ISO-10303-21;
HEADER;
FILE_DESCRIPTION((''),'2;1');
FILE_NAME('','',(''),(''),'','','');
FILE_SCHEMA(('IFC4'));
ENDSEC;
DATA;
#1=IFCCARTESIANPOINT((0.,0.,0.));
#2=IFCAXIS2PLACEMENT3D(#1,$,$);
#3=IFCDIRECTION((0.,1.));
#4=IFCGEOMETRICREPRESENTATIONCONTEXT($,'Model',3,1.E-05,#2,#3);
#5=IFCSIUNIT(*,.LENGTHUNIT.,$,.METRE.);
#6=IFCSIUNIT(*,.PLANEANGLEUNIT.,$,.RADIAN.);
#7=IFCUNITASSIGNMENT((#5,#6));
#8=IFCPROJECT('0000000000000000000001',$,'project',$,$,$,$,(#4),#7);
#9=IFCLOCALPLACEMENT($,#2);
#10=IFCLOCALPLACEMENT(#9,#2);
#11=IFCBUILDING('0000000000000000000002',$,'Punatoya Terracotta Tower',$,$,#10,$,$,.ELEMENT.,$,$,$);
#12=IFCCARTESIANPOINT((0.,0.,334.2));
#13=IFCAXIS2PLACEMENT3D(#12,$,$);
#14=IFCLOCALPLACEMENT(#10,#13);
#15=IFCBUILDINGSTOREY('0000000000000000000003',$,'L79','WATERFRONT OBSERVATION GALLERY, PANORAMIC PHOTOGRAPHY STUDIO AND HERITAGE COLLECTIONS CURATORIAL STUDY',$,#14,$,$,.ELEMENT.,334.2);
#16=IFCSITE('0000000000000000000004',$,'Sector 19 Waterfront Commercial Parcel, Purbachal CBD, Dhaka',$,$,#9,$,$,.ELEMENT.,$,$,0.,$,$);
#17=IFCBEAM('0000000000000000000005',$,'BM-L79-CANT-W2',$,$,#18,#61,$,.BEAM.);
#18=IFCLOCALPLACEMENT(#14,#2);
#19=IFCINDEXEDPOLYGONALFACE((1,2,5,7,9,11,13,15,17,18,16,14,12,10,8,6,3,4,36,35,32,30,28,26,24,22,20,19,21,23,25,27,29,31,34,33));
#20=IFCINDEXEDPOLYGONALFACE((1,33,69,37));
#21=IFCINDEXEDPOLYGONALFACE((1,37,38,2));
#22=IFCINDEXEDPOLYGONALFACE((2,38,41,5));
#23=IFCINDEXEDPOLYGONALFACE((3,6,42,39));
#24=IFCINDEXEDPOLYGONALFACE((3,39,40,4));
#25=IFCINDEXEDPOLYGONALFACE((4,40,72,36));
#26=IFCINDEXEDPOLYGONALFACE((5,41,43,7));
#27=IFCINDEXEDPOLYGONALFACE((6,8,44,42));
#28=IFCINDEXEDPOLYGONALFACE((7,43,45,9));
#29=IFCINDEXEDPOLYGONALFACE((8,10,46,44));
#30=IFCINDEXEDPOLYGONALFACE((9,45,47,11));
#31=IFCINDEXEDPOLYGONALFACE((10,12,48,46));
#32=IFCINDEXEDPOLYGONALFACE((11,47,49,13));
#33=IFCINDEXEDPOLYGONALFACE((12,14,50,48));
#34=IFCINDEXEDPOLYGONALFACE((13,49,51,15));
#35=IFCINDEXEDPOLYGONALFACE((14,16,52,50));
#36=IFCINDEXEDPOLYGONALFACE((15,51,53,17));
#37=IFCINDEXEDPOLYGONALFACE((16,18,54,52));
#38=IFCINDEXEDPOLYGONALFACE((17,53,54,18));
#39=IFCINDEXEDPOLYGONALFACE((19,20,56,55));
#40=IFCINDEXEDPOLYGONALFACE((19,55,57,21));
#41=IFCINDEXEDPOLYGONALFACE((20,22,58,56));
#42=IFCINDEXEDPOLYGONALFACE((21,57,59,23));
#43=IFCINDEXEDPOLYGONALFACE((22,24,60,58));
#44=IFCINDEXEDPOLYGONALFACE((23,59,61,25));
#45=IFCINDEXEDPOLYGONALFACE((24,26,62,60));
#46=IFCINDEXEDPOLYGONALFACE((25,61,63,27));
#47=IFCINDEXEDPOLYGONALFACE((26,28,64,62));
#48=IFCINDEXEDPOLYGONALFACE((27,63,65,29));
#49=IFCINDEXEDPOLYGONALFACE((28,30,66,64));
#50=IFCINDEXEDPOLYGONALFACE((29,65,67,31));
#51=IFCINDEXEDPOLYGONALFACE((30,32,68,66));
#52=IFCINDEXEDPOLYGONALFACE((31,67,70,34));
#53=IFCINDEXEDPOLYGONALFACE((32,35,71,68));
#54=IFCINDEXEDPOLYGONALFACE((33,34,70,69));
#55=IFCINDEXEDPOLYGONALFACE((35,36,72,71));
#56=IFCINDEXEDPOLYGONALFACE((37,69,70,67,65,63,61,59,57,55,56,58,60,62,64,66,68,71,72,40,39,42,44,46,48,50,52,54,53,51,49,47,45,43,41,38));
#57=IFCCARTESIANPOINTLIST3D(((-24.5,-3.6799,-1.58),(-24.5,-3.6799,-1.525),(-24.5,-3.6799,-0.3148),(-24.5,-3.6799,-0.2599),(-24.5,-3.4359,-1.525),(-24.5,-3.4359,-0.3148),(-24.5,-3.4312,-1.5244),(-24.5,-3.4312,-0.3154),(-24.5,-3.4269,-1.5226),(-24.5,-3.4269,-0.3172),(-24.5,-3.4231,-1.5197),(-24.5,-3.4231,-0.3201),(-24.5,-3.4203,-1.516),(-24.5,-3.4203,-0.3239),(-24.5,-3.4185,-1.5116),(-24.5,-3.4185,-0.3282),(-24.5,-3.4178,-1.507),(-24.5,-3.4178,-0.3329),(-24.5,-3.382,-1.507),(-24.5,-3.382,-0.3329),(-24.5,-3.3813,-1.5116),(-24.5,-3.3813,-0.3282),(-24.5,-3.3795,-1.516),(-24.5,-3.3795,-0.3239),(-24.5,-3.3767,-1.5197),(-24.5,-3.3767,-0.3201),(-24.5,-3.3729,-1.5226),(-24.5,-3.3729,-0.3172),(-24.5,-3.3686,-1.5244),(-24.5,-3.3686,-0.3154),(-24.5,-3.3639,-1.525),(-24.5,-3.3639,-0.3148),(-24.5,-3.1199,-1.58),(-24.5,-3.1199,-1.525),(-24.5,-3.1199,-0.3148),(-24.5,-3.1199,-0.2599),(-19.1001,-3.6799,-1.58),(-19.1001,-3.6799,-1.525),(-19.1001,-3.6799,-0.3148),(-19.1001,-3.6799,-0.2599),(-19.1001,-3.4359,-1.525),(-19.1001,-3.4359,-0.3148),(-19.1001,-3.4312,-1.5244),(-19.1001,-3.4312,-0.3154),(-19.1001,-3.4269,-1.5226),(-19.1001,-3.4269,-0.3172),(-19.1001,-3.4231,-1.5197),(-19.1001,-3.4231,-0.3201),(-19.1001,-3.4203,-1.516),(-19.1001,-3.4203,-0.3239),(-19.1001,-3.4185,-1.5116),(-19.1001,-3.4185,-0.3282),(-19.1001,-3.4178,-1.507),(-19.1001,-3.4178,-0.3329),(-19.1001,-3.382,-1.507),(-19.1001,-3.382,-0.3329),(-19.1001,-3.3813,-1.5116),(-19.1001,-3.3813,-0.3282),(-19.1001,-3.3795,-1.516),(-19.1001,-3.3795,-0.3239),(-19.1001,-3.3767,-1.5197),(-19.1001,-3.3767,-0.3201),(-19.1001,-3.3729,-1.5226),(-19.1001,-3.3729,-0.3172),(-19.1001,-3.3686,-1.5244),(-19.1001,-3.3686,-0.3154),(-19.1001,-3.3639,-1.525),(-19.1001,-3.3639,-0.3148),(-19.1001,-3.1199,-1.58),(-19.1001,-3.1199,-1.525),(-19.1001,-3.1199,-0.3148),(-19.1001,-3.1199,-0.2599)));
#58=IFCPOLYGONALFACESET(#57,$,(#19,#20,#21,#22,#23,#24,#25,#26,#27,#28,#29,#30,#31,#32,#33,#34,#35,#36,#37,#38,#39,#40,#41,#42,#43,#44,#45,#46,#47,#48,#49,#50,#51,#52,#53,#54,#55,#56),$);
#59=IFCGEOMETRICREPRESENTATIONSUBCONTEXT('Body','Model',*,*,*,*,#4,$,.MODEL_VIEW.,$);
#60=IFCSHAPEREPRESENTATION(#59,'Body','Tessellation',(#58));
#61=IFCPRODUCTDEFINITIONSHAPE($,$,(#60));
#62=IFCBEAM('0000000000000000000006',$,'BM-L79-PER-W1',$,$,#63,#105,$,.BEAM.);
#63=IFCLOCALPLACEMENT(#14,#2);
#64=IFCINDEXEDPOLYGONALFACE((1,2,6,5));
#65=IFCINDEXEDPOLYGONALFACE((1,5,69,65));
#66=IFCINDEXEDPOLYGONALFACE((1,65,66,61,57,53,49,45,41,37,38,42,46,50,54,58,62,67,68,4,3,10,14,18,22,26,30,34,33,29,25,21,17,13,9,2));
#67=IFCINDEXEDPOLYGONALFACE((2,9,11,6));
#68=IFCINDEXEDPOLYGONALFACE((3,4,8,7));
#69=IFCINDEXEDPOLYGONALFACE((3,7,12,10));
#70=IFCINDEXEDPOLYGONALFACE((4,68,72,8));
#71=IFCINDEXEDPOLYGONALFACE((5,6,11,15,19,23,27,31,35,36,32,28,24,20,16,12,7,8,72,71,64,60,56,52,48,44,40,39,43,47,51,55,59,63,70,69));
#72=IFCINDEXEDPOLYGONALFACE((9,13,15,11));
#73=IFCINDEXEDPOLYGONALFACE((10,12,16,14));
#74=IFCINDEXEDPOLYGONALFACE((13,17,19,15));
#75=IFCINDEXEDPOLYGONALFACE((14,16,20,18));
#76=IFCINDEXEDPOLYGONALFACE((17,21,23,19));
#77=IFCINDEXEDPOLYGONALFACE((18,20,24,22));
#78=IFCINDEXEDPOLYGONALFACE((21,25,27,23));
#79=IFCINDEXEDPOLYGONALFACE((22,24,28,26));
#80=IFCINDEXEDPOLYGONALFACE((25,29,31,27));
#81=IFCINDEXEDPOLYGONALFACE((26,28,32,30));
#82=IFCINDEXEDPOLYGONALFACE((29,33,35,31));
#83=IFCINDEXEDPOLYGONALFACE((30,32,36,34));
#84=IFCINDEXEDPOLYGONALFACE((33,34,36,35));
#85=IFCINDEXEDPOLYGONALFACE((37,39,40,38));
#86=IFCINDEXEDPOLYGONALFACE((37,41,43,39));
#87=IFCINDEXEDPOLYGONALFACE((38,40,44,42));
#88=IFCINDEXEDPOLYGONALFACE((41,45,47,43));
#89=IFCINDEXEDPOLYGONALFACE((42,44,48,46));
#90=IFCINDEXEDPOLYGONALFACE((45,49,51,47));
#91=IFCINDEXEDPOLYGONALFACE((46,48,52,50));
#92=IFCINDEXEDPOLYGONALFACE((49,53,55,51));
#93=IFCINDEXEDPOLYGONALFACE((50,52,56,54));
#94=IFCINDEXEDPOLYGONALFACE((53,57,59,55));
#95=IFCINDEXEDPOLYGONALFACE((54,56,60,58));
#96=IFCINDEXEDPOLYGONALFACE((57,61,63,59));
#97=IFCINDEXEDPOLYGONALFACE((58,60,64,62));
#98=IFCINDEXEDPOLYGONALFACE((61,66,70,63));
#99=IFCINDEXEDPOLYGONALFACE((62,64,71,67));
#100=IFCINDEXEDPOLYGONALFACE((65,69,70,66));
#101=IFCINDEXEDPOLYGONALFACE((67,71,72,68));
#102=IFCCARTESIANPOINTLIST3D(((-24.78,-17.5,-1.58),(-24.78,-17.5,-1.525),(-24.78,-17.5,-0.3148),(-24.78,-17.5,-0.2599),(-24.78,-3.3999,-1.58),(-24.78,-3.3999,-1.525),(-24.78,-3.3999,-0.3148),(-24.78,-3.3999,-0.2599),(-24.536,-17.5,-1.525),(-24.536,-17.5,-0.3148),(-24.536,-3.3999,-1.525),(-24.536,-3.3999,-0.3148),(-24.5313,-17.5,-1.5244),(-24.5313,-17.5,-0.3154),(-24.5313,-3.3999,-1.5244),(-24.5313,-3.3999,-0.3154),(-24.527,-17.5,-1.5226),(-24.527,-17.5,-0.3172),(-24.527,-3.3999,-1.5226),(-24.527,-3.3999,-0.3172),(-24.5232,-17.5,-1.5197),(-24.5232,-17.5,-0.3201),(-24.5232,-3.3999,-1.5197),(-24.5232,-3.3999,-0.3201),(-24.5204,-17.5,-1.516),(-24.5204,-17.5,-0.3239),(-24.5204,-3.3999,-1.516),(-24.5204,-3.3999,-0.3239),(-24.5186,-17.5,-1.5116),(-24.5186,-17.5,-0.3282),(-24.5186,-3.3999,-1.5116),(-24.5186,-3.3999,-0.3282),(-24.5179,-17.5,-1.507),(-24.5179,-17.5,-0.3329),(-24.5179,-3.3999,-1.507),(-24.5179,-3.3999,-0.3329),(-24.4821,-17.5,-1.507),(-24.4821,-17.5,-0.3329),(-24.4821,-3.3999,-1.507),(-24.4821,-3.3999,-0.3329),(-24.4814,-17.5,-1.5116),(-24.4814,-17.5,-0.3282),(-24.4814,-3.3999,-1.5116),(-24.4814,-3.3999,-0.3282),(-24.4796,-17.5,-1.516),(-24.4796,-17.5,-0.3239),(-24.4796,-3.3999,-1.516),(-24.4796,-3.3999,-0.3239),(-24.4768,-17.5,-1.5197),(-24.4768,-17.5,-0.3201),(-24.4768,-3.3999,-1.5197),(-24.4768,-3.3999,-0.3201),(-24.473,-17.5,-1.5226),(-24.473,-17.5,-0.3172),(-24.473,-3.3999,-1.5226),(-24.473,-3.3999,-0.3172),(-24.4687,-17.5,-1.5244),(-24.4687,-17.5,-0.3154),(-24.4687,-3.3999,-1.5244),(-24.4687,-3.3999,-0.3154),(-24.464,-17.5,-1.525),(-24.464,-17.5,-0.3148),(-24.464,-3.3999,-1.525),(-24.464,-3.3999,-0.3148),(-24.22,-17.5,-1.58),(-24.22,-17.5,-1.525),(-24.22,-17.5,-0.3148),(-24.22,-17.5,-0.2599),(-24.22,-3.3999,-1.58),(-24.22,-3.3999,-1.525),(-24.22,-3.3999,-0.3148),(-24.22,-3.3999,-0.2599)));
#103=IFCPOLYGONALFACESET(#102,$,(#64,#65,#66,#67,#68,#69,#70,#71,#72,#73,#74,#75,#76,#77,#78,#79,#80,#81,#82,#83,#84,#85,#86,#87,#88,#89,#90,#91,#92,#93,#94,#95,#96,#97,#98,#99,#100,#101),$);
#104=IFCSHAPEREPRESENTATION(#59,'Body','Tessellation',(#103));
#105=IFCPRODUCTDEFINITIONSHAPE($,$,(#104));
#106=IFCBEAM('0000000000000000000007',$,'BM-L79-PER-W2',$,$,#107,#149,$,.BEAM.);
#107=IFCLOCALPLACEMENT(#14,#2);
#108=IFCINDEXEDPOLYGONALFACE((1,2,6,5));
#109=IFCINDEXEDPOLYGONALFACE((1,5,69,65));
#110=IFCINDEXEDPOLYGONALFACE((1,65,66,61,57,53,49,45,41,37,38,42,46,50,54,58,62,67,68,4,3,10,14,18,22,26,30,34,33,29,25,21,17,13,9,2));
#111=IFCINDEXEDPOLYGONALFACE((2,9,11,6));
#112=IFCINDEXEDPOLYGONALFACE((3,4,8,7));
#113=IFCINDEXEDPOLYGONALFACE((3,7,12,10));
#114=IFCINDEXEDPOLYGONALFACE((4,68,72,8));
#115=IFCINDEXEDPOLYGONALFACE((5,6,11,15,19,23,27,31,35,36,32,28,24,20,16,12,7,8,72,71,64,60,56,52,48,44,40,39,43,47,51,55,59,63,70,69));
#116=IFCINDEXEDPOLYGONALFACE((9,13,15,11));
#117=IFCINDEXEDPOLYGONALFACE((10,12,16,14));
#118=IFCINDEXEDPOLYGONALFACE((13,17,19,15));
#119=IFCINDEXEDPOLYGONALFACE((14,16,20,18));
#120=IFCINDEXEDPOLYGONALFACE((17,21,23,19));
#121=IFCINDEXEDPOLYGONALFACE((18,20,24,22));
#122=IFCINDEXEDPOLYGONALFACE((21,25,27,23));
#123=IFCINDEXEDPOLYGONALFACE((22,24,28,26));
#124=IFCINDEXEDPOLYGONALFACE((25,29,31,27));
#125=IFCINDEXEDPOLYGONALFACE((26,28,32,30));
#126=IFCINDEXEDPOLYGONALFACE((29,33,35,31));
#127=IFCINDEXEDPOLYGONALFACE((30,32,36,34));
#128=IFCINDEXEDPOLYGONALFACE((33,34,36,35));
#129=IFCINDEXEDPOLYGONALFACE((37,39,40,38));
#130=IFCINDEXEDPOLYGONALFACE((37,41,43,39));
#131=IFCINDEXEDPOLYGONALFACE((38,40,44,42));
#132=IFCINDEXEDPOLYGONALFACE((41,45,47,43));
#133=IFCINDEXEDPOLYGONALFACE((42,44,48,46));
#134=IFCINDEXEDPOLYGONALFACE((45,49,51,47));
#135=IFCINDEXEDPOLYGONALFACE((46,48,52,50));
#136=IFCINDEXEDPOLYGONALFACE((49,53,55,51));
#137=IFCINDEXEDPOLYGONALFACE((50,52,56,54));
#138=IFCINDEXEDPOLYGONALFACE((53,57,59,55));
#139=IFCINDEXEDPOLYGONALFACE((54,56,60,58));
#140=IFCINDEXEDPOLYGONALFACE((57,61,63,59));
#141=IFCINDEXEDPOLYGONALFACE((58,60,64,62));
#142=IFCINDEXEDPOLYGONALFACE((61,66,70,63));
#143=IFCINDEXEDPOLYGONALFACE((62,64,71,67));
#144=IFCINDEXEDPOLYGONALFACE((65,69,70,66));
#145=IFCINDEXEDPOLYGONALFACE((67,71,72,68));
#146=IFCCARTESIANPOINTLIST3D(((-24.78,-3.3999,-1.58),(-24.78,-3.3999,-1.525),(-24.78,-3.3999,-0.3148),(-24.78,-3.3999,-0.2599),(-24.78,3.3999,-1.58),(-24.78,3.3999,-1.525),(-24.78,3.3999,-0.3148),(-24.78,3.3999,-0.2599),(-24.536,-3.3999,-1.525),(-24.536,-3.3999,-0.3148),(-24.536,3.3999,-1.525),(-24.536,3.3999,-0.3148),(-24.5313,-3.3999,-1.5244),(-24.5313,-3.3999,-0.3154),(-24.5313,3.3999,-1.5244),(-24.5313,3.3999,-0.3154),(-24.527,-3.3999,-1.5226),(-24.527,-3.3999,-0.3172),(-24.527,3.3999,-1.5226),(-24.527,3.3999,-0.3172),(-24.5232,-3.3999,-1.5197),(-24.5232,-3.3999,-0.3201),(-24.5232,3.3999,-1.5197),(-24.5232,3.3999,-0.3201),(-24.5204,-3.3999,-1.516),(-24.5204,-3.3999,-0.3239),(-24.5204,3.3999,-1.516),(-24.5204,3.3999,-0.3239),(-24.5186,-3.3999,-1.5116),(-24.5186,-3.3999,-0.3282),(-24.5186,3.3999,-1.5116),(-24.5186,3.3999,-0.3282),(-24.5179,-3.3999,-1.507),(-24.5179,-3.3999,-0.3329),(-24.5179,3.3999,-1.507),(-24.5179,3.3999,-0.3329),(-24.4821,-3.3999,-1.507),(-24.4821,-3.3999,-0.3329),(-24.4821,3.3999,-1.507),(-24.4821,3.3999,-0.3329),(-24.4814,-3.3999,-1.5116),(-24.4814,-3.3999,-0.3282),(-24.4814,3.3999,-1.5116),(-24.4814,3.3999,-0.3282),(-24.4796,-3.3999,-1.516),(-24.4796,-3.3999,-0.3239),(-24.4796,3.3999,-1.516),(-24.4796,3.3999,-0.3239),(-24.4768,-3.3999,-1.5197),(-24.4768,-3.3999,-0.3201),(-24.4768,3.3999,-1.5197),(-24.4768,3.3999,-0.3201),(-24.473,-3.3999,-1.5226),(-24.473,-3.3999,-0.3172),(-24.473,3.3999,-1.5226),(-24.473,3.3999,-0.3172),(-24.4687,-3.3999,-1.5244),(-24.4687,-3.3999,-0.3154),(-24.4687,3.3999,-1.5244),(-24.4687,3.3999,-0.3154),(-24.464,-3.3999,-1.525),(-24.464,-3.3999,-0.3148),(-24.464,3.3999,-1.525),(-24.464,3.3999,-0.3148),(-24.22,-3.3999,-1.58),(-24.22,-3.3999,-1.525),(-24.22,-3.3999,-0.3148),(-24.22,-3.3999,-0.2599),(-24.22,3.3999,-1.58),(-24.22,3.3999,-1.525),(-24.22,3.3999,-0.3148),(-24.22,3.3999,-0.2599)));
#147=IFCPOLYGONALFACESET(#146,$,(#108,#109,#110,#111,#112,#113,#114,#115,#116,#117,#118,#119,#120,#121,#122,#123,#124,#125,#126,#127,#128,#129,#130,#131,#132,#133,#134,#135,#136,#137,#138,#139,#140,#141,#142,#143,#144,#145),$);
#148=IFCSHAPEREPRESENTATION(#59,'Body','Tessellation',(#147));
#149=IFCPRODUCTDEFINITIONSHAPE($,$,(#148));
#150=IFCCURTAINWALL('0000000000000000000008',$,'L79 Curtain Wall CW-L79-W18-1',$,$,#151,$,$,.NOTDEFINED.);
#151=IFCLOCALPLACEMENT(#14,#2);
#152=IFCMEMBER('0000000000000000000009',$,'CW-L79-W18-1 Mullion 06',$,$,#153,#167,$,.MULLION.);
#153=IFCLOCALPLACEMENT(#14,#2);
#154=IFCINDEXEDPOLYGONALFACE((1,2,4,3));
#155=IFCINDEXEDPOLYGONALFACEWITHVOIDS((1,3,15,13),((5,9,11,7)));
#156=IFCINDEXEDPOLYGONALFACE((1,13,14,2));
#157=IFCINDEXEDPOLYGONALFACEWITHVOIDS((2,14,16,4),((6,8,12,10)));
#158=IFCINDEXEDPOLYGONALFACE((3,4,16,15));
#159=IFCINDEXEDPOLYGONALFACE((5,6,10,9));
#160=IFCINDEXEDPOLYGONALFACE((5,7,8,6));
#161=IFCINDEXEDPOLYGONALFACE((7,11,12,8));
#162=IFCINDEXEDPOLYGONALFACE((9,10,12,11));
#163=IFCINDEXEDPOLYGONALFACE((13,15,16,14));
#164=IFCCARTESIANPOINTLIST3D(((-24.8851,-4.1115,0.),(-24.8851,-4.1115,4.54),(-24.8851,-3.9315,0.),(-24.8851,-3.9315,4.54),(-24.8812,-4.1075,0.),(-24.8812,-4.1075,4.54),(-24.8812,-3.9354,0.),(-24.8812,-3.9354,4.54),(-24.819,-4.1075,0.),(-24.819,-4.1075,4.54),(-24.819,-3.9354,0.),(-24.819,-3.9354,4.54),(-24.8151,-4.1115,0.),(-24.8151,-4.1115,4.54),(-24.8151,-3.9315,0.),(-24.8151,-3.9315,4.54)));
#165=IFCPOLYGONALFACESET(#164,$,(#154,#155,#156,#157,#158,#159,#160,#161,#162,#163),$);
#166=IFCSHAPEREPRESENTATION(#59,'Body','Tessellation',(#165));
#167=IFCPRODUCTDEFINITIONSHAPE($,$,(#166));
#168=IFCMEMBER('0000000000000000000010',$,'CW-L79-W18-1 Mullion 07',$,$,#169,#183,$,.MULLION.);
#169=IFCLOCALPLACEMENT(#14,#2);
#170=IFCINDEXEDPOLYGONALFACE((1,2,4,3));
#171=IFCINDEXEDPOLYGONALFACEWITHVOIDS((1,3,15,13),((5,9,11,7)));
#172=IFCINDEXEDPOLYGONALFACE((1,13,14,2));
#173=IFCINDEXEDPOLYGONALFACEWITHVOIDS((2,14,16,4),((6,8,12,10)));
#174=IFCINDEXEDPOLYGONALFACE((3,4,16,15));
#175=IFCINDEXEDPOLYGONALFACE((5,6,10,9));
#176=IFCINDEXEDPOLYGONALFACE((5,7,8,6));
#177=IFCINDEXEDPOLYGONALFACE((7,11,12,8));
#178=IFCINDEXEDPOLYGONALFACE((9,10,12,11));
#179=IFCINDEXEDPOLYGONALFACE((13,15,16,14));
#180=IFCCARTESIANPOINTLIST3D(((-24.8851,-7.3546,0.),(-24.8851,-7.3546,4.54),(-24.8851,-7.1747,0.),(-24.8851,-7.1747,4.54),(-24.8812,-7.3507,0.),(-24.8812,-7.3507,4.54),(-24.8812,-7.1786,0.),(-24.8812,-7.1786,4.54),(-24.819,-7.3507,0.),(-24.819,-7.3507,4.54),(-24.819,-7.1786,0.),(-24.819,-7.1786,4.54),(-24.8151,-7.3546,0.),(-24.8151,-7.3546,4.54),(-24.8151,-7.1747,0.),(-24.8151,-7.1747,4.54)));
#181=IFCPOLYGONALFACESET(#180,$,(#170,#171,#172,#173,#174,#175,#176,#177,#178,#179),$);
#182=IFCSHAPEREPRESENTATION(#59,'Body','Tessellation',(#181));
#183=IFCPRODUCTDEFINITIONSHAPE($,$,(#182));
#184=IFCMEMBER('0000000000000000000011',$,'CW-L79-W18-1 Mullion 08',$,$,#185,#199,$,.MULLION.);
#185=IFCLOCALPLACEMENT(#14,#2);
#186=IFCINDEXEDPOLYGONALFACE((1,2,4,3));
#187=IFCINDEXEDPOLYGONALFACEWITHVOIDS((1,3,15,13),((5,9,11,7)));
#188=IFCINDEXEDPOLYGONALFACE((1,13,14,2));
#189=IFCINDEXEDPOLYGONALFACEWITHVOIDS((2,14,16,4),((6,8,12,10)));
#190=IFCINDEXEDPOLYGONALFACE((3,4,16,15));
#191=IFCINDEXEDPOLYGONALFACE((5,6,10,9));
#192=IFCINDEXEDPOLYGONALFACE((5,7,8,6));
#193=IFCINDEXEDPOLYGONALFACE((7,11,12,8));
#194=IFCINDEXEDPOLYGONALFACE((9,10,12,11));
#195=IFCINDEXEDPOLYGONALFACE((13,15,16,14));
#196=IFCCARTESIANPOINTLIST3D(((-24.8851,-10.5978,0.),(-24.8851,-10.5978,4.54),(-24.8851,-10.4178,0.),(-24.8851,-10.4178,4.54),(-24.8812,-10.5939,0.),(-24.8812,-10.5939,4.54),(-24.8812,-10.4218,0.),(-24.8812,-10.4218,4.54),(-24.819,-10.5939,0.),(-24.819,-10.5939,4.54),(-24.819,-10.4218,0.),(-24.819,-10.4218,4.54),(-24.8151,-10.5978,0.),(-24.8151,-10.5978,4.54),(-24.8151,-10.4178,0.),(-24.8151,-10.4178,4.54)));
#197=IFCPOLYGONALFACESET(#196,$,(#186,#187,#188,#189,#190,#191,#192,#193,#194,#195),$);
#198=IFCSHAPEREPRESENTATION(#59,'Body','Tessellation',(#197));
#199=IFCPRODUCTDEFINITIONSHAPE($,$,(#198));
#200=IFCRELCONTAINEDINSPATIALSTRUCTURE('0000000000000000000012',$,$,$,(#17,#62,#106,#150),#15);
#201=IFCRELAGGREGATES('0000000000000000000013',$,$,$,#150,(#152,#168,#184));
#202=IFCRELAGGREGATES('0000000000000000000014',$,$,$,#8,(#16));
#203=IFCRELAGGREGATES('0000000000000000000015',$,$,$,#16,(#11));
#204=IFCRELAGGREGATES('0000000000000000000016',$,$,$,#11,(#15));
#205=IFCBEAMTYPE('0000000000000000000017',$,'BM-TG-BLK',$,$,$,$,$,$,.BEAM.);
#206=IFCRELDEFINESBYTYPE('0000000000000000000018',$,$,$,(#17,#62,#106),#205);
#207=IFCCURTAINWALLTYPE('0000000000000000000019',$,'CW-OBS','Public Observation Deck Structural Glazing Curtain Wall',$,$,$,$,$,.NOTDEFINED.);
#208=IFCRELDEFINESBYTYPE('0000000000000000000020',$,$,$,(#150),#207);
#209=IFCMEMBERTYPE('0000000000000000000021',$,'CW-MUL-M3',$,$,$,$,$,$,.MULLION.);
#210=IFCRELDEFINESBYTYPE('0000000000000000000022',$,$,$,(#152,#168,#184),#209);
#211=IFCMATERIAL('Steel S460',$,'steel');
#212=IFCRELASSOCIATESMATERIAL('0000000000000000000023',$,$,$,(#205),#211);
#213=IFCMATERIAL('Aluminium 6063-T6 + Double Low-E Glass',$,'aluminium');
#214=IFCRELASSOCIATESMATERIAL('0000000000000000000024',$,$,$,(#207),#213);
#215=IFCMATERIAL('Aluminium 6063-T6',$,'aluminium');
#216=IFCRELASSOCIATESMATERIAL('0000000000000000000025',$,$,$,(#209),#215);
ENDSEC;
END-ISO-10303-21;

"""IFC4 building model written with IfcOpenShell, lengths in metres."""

from ifc_helpers import new_model, si_unit, direction, frame, origin, origin_2d, place, context, subcontext, project, spatial, hollow_rectangle, i_section, extrude, material, material_profile, profile_set, type_object, element, aggregate, save


model = new_model("IFC4")

# Units and contexts
model_context = context("Model", 3, precision=1e-05, world=origin(), true_north=direction((0.0, 1.0)))
body_context = subcontext(model_context, "Body", "Model", "MODEL_VIEW")
ifc_project = project(units=[si_unit("LENGTHUNIT", "METRE"), si_unit("PLANEANGLEUNIT", "RADIAN")], contexts=[model_context])

# Site, building, storey
site_placement = place(None, origin())
site = spatial("IfcSite", under=ifc_project, at=site_placement, Name="Sector 19 Waterfront Commercial Parcel, Purbachal CBD, Dhaka", CompositionType="ELEMENT", RefElevation=0.0)
building_placement = place(site_placement, origin())
building = spatial("IfcBuilding", under=site, at=building_placement, Name="Punatoya Terracotta Tower", CompositionType="ELEMENT")
storey_placement = place(building_placement, frame((0.0, 0.0, 334.2)))
storey = spatial("IfcBuildingStorey", under=building, at=storey_placement, Name="L79", Description="WATERFRONT OBSERVATION GALLERY, PANORAMIC PHOTOGRAPHY STUDIO AND HERITAGE COLLECTIONS CURATORIAL STUDY", CompositionType="ELEMENT", Elevation=334.2)

# Shared definitions
ifc_material_1 = material(Name="Steel S460", Category="steel")

# Beams
ifc_material_profile_1 = material_profile(ifc_material_1, i_section(OverallWidth=0.5601, OverallDepth=1.3201, WebThickness=0.0359, FlangeThickness=0.0549, FilletRadius=0.0181, at=origin_2d()))
ifc_profile_set_1 = profile_set([ifc_material_profile_1], Name="Steel S460")
beam_type_1 = type_object("IfcBeamType", Name="BM-TG-BLK", PredefinedType="BEAM", material=ifc_profile_set_1)
beam_1_placement = place(storey_placement, frame((-24.5, -3.3999, -0.9199), z_axis=(1.0, 0.0, 0.0), x_axis=(0.0, 1.0, 0.0)))
element("IfcBeam", 1, at=beam_1_placement, inside=storey, type_object=beam_type_1, Name="BM-L79-CANT-W2", PredefinedType="BEAM", context=body_context, shape_type="SweptSolid", body=[
    extrude(i_section(OverallWidth=0.5601, OverallDepth=1.3201, WebThickness=0.0359, FlangeThickness=0.0549, FilletRadius=0.0181, at=origin_2d()), origin(), (0.0, 0.0, 1.0), 5.3999),
])
beam_2_placement = place(storey_placement, frame((-24.5, -17.5, -0.9199), z_axis=(0.0, 1.0, 0.0), x_axis=(-1.0, 0.0, 0.0)))
element("IfcBeam", 2, at=beam_2_placement, inside=storey, type_object=beam_type_1, Name="BM-L79-PER-W1", PredefinedType="BEAM", context=body_context, shape_type="SweptSolid", body=[
    extrude(i_section(OverallWidth=0.5601, OverallDepth=1.3201, WebThickness=0.0359, FlangeThickness=0.0549, FilletRadius=0.0181, at=origin_2d()), origin(), (0.0, 0.0, 1.0), 14.1001),
])
beam_3_placement = place(storey_placement, frame((-24.5, -3.3999, -0.9199), z_axis=(0.0, 1.0, 0.0), x_axis=(-1.0, 0.0, 0.0)))
element("IfcBeam", 3, at=beam_3_placement, inside=storey, type_object=beam_type_1, Name="BM-L79-PER-W2", PredefinedType="BEAM", context=body_context, shape_type="SweptSolid", body=[
    extrude(i_section(OverallWidth=0.5601, OverallDepth=1.3201, WebThickness=0.0359, FlangeThickness=0.0549, FilletRadius=0.0181, at=origin_2d()), origin(), (0.0, 0.0, 1.0), 6.7998),
])

# Curtain wall, members
ifc_material_2 = material(Name="Aluminium 6063-T6 + Double Low-E Glass", Category="aluminium")
curtain_wall_type = type_object("IfcCurtainWallType", Name="CW-OBS", Description="Public Observation Deck Structural Glazing Curtain Wall", PredefinedType="NOTDEFINED", material=ifc_material_2)
curtain_wall_placement = place(storey_placement, origin())
curtain_wall = element("IfcCurtainWall", 4, at=curtain_wall_placement, inside=storey, type_object=curtain_wall_type, Name="L79 Curtain Wall CW-L79-W18-1", PredefinedType="NOTDEFINED")
ifc_material_3 = material(Name="Aluminium 6063-T6", Category="aluminium")
ifc_material_profile_2 = material_profile(ifc_material_3, hollow_rectangle(XDim=0.0701, YDim=0.1799, WallThickness=0.0039, at=origin_2d()))
ifc_profile_set_2 = profile_set([ifc_material_profile_2], Name="Aluminium 6063-T6")
member_type = type_object("IfcMemberType", Name="CW-MUL-M3", PredefinedType="MULLION", material=ifc_profile_set_2)
member_1_placement = place(storey_placement, frame((-24.8501, -4.0215, 0.0), z_axis=(0.0, 0.0, 1.0), x_axis=(1.0, 0.0, 0.0)))
member_1 = element("IfcMember", 5, at=member_1_placement, type_object=member_type, Name="CW-L79-W18-1 Mullion 06", PredefinedType="MULLION", context=body_context, shape_type="SweptSolid", body=[
    extrude(hollow_rectangle(XDim=0.0701, YDim=0.1799, WallThickness=0.0039, at=origin_2d()), origin(), (0.0, 0.0, 1.0), 4.54),
])
member_2_placement = place(storey_placement, frame((-24.8501, -7.2646, 0.0), z_axis=(0.0, 0.0, 1.0), x_axis=(1.0, 0.0, 0.0)))
member_2 = element("IfcMember", 6, at=member_2_placement, type_object=member_type, Name="CW-L79-W18-1 Mullion 07", PredefinedType="MULLION", context=body_context, shape_type="SweptSolid", body=[
    extrude(hollow_rectangle(XDim=0.0701, YDim=0.1799, WallThickness=0.0039, at=origin_2d()), origin(), (0.0, 0.0, 1.0), 4.54),
])
member_3_placement = place(storey_placement, frame((-24.8501, -10.5078, 0.0), z_axis=(0.0, 0.0, 1.0), x_axis=(1.0, 0.0, 0.0)))
member_3 = element("IfcMember", 7, at=member_3_placement, type_object=member_type, Name="CW-L79-W18-1 Mullion 08", PredefinedType="MULLION", context=body_context, shape_type="SweptSolid", body=[
    extrude(hollow_rectangle(XDim=0.0701, YDim=0.1799, WallThickness=0.0039, at=origin_2d()), origin(), (0.0, 0.0, 1.0), 4.54),
])
aggregate(curtain_wall, [member_1, member_2, member_3])

save(model, "model.ifc")
